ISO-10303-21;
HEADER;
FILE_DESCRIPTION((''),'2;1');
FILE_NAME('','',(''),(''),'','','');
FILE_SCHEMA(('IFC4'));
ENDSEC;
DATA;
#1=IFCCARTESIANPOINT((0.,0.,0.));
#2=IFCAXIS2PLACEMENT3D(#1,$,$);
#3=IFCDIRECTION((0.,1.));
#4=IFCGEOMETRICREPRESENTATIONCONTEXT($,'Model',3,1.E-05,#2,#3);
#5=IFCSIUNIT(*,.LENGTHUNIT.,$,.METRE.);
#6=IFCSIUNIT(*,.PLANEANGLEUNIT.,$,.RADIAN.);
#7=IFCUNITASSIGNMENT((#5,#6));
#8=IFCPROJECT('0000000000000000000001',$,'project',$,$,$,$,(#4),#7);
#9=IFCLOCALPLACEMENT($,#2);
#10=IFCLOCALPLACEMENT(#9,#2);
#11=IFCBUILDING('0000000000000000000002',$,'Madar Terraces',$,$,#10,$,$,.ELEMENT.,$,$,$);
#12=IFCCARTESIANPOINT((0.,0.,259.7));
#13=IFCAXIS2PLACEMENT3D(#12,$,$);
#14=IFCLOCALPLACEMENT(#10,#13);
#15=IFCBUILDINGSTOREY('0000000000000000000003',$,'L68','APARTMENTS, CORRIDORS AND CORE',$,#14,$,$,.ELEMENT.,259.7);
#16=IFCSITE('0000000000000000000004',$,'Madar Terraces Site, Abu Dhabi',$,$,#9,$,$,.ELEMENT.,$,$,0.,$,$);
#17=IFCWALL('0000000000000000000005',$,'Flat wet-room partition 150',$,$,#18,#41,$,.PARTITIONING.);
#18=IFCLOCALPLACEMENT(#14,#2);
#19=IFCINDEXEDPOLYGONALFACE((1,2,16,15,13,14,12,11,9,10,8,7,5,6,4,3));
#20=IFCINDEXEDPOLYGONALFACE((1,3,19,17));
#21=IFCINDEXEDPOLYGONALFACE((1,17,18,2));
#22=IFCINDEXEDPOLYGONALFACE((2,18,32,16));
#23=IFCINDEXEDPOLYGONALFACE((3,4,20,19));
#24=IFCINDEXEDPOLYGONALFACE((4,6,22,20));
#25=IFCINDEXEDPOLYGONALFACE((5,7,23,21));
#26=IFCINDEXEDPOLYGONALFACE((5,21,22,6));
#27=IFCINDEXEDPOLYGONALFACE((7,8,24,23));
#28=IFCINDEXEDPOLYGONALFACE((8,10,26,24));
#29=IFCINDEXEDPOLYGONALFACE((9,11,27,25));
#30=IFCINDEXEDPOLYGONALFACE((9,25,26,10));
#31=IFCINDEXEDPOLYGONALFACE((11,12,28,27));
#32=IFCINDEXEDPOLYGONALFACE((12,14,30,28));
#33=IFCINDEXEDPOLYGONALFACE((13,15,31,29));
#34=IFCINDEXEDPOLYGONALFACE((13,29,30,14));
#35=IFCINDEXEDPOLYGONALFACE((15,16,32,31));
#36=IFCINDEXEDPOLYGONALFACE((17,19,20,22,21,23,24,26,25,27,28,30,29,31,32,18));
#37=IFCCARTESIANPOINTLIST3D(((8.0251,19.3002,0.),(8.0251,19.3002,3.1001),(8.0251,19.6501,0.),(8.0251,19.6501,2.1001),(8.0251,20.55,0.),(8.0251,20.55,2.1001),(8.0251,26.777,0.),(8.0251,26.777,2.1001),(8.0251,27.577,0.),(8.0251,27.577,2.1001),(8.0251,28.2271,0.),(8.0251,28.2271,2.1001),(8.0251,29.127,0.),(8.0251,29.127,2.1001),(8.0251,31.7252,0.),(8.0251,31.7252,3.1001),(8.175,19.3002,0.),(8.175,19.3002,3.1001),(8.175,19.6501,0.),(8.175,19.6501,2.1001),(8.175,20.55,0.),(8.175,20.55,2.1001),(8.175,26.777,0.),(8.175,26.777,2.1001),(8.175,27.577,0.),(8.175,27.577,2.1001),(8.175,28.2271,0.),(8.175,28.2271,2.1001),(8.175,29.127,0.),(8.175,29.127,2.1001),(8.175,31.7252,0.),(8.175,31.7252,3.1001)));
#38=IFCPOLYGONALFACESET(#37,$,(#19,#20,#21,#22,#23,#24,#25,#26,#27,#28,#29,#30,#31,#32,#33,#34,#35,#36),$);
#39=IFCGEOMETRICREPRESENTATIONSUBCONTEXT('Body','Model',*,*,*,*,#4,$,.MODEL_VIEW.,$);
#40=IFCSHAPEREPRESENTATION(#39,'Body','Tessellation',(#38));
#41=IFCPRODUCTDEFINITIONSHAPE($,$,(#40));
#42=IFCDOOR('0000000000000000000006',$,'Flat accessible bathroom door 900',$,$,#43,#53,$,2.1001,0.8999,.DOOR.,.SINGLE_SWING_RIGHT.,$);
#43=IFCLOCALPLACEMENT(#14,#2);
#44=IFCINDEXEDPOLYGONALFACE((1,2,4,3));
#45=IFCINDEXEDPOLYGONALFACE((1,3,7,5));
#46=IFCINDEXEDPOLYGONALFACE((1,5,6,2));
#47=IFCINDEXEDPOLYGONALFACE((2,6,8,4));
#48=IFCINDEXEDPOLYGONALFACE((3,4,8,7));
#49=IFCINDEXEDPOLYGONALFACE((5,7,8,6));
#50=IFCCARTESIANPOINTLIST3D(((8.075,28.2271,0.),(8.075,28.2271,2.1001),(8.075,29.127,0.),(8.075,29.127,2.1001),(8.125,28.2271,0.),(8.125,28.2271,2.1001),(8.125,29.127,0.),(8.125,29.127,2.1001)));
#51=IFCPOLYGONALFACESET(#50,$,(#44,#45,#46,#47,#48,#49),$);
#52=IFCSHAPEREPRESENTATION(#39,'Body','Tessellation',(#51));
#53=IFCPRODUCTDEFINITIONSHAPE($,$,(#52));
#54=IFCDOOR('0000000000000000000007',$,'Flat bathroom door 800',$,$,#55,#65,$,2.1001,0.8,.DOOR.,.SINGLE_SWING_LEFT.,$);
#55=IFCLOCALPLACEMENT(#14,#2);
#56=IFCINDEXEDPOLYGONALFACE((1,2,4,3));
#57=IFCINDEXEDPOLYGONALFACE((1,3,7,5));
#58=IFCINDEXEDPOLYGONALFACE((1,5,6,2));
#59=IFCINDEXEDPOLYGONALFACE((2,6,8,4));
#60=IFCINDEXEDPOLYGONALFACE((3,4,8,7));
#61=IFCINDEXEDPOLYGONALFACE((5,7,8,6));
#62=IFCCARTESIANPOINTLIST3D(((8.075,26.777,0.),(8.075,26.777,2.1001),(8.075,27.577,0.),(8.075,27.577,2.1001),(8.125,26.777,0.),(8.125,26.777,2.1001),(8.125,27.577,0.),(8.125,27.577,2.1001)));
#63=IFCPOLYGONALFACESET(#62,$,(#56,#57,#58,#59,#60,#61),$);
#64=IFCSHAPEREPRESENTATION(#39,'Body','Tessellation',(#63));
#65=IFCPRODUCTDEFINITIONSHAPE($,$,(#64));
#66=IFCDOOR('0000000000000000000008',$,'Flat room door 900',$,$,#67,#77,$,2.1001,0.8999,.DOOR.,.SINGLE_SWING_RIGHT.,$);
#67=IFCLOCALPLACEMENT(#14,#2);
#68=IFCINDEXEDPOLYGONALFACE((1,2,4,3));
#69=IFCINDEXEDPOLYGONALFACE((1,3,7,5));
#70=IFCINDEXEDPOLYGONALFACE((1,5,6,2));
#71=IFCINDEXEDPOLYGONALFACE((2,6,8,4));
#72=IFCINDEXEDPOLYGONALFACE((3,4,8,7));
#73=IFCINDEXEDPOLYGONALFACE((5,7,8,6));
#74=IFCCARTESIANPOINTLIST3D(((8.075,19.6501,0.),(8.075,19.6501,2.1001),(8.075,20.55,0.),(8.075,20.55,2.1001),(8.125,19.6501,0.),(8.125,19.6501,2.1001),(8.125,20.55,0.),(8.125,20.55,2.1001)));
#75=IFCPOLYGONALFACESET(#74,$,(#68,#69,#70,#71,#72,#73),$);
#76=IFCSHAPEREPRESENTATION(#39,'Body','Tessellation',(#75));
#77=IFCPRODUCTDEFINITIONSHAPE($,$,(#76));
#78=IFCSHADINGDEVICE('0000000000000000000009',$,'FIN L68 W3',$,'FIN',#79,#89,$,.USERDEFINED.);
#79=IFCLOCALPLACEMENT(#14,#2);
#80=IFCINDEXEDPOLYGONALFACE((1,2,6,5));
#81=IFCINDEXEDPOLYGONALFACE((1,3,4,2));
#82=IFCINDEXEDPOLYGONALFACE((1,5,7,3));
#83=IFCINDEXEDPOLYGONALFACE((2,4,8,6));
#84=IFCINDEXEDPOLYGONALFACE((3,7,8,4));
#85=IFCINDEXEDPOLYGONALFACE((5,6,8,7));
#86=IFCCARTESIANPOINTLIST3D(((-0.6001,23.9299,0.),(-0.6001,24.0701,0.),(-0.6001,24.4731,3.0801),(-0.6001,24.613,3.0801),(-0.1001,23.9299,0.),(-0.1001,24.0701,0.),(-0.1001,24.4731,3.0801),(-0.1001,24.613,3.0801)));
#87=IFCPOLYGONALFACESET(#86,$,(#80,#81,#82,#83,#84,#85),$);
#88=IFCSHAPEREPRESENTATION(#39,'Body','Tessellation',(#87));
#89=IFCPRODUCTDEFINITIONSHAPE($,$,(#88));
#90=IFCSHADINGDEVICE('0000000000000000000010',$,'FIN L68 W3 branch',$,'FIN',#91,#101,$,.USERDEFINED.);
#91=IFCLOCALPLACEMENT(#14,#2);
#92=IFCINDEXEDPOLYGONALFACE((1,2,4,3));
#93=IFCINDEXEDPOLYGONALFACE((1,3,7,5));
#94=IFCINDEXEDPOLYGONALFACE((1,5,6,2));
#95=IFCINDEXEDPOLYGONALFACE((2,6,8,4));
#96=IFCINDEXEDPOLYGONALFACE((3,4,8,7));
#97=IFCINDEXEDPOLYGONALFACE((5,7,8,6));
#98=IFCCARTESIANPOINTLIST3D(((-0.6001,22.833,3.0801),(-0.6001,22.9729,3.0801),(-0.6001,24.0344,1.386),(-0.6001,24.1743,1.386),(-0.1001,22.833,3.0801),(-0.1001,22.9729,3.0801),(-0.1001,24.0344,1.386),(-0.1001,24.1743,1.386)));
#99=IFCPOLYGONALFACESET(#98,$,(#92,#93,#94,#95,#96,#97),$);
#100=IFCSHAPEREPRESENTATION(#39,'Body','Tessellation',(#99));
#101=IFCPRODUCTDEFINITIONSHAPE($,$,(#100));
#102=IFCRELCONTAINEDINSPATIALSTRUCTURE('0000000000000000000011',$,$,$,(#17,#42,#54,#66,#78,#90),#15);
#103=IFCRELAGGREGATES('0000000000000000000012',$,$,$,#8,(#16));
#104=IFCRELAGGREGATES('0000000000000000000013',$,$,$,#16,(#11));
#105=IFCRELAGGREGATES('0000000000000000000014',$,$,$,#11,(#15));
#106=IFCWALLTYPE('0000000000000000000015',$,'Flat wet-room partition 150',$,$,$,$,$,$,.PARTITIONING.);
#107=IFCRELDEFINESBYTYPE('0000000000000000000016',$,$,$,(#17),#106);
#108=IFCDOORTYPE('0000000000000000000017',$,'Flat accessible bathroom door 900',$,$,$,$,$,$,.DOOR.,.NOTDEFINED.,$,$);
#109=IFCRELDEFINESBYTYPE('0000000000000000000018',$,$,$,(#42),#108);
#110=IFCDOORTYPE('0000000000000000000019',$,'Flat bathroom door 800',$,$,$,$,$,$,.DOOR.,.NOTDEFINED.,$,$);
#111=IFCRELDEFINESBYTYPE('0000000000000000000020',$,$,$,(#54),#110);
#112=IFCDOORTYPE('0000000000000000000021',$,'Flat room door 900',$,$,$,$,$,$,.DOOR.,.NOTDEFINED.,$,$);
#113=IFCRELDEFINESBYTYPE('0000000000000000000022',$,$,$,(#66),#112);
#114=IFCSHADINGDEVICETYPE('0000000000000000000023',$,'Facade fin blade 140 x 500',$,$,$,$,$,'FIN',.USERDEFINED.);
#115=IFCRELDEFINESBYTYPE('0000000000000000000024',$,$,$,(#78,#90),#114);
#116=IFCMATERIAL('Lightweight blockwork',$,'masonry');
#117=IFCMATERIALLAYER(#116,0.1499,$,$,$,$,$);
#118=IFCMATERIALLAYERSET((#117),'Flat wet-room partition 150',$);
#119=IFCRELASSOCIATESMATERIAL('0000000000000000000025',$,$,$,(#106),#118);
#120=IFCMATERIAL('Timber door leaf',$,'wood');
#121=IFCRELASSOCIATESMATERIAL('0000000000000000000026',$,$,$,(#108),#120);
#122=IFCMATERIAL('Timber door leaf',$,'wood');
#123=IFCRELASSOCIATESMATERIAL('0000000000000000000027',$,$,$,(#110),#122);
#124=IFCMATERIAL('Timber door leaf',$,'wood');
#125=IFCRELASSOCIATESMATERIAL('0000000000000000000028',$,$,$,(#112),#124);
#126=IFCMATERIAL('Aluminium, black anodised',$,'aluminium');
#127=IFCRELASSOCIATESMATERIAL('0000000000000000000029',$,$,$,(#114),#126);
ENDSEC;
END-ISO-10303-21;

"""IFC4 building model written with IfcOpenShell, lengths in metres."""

from ifc_helpers import new_model, si_unit, direction, frame, frame_2d, origin, place, context, subcontext, project, spatial, polyline, rectangle, outline, extrude, material, layer, layer_set, type_object, element, fill, save


model = new_model("IFC4")

# Units and contexts
model_context = context("Model", 3, precision=1e-05, world=origin(), true_north=direction((0.0, 1.0)))
body_context = subcontext(model_context, "Body", "Model", "MODEL_VIEW")
ifc_project = project(units=[si_unit("LENGTHUNIT", "METRE"), si_unit("PLANEANGLEUNIT", "RADIAN")], contexts=[model_context])

# Site, building, storey
site_placement = place(None, origin())
site = spatial("IfcSite", under=ifc_project, at=site_placement, Name="Madar Terraces Site, Abu Dhabi", CompositionType="ELEMENT", RefElevation=0.0)
building_placement = place(site_placement, origin())
building = spatial("IfcBuilding", under=site, at=building_placement, Name="Madar Terraces", CompositionType="ELEMENT")
storey_placement = place(building_placement, frame((0.0, 0.0, 259.7)))
storey = spatial("IfcBuildingStorey", under=building, at=storey_placement, Name="L68", Description="APARTMENTS, CORRIDORS AND CORE", CompositionType="ELEMENT", Elevation=259.7)

# Wall, openings, doors
ifc_material_1 = material(Name="Lightweight blockwork", Category="masonry")
ifc_layer_1 = layer(ifc_material_1, 0.1499)
ifc_layer_set_1 = layer_set([ifc_layer_1], Name="Flat wet-room partition 150")
wall_type_1 = type_object("IfcWallType", Name="Flat wet-room partition 150", PredefinedType="PARTITIONING", material=ifc_layer_set_1)
wall_1_placement = place(storey_placement, frame((8.1001, 31.7251, 0.0), z_axis=(0.0, 0.0, 1.0), x_axis=(0.0, -1.0, 0.0)))
wall_1 = element("IfcWall", 1, at=wall_1_placement, inside=storey, type_object=wall_type_1, Name="Flat wet-room partition 150", PredefinedType="PARTITIONING", context=body_context, shape_type="SweptSolid", body=[
    extrude(rectangle(XDim=12.425, YDim=0.1499, at=frame_2d((6.2124, 0.0))), origin(), (0.0, 0.0, 1.0), 3.1001),
])
opening_1_placement = place(wall_1_placement, frame((2.5981, 0.0, 0.0)))
opening_1 = element("IfcOpeningElement", 2, at=opening_1_placement, cuts=wall_1, PredefinedType="OPENING", context=body_context, shape_type="SweptSolid", body=[
    extrude(rectangle(XDim=0.8999, YDim=2.1001, at=frame_2d((0.45, 1.05))), frame((0.0, 0.085, 0.0), z_axis=(0.0, -1.0, 0.0), x_axis=(1.0, 0.0, 0.0)), (0.0, 0.0, 1.0), 0.1699),
])
opening_2_placement = place(wall_1_placement, frame((4.1482, 0.0, 0.0)))
opening_2 = element("IfcOpeningElement", 3, at=opening_2_placement, cuts=wall_1, PredefinedType="OPENING", context=body_context, shape_type="SweptSolid", body=[
    extrude(rectangle(XDim=0.8, YDim=2.1001, at=frame_2d((0.3999, 1.05))), frame((0.0, 0.085, 0.0), z_axis=(0.0, -1.0, 0.0), x_axis=(1.0, 0.0, 0.0)), (0.0, 0.0, 1.0), 0.1699),
])
opening_3_placement = place(wall_1_placement, frame((11.175, 0.0, 0.0)))
opening_3 = element("IfcOpeningElement", 4, at=opening_3_placement, cuts=wall_1, PredefinedType="OPENING", context=body_context, shape_type="SweptSolid", body=[
    extrude(rectangle(XDim=0.8999, YDim=2.1001, at=frame_2d((0.45, 1.05))), frame((0.0, 0.085, 0.0), z_axis=(0.0, -1.0, 0.0), x_axis=(1.0, 0.0, 0.0)), (0.0, 0.0, 1.0), 0.1699),
])
ifc_material_2 = material(Name="Timber door leaf", Category="wood")
door_type_1 = type_object("IfcDoorType", Name="Flat accessible bathroom door 900", OperationType="NOTDEFINED", PredefinedType="DOOR", material=ifc_material_2)
door_1_placement = place(opening_1_placement, origin())
door_1 = element("IfcDoor", 5, at=door_1_placement, inside=storey, type_object=door_type_1, Name="Flat accessible bathroom door 900", OperationType="SINGLE_SWING_RIGHT", OverallHeight=2.1001, OverallWidth=0.8999, PredefinedType="DOOR", context=body_context, shape_type="SweptSolid", body=[
    extrude(rectangle(XDim=0.8999, YDim=2.1001, at=frame_2d((0.45, 1.05))), frame((0.0, 0.0249, 0.0), z_axis=(0.0, -1.0, 0.0), x_axis=(1.0, 0.0, 0.0)), (0.0, 0.0, 1.0), 0.05),
])
fill(opening_1, door_1)
ifc_material_3 = material(Name="Timber door leaf", Category="wood")
door_type_2 = type_object("IfcDoorType", Name="Flat bathroom door 800", OperationType="NOTDEFINED", PredefinedType="DOOR", material=ifc_material_3)
door_2_placement = place(opening_2_placement, origin())
door_2 = element("IfcDoor", 6, at=door_2_placement, inside=storey, type_object=door_type_2, Name="Flat bathroom door 800", OperationType="SINGLE_SWING_LEFT", OverallHeight=2.1001, OverallWidth=0.8, PredefinedType="DOOR", context=body_context, shape_type="SweptSolid", body=[
    extrude(rectangle(XDim=0.8, YDim=2.1001, at=frame_2d((0.3999, 1.05))), frame((0.0, 0.0249, 0.0), z_axis=(0.0, -1.0, 0.0), x_axis=(1.0, 0.0, 0.0)), (0.0, 0.0, 1.0), 0.05),
])
fill(opening_2, door_2)
ifc_material_4 = material(Name="Timber door leaf", Category="wood")
door_type_3 = type_object("IfcDoorType", Name="Flat room door 900", OperationType="NOTDEFINED", PredefinedType="DOOR", material=ifc_material_4)
door_3_placement = place(opening_3_placement, origin())
door_3 = element("IfcDoor", 7, at=door_3_placement, inside=storey, type_object=door_type_3, Name="Flat room door 900", OperationType="SINGLE_SWING_RIGHT", OverallHeight=2.1001, OverallWidth=0.8999, PredefinedType="DOOR", context=body_context, shape_type="SweptSolid", body=[
    extrude(rectangle(XDim=0.8999, YDim=2.1001, at=frame_2d((0.45, 1.05))), frame((0.0, 0.0249, 0.0), z_axis=(0.0, -1.0, 0.0), x_axis=(1.0, 0.0, 0.0)), (0.0, 0.0, 1.0), 0.05),
])
fill(opening_3, door_3)

# Shading devices
ifc_material_5 = material(Name="Aluminium, black anodised", Category="aluminium")
shading_device_type = type_object("IfcShadingDeviceType", Name="Facade fin blade 140 x 500", ElementType="FIN", PredefinedType="USERDEFINED", material=ifc_material_5)
shading_device_1_placement = place(storey_placement, frame((-0.3501, 24.0701, 0.0), z_axis=(0.0, 0.0, 1.0), x_axis=(0.0, -1.0, 0.0)))
element("IfcShadingDevice", 8, at=shading_device_1_placement, inside=storey, type_object=shading_device_type, Name="FIN L68 W3", ObjectType="FIN", PredefinedType="USERDEFINED", context=body_context, shape_type="SweptSolid", body=[
    extrude(outline(polyline([(0.0, 0.0), (0.1401, 0.0), (-0.4031, 3.0801), (-0.543, 3.0801), (0.0, 0.0)])), frame((0.0, 0.25, 0.0), z_axis=(0.0, -1.0, 0.0), x_axis=(1.0, 0.0, 0.0)), (0.0, 0.0, 1.0), 0.5),
])
shading_device_2_placement = place(storey_placement, frame((-0.3501, 24.1743, 1.386), z_axis=(0.0, 0.0, 1.0), x_axis=(0.0, -1.0, 0.0)))
element("IfcShadingDevice", 9, at=shading_device_2_placement, inside=storey, type_object=shading_device_type, Name="FIN L68 W3 branch", ObjectType="FIN", PredefinedType="USERDEFINED", context=body_context, shape_type="SweptSolid", body=[
    extrude(outline(polyline([(0.0, 0.0), (0.1399, 0.0), (1.3413, 1.6941), (1.2014, 1.6941), (0.0, 0.0)])), frame((0.0, 0.25, 0.0), z_axis=(0.0, -1.0, 0.0), x_axis=(1.0, 0.0, 0.0)), (0.0, 0.0, 1.0), 0.5),
])

save(model, "model.ifc")
